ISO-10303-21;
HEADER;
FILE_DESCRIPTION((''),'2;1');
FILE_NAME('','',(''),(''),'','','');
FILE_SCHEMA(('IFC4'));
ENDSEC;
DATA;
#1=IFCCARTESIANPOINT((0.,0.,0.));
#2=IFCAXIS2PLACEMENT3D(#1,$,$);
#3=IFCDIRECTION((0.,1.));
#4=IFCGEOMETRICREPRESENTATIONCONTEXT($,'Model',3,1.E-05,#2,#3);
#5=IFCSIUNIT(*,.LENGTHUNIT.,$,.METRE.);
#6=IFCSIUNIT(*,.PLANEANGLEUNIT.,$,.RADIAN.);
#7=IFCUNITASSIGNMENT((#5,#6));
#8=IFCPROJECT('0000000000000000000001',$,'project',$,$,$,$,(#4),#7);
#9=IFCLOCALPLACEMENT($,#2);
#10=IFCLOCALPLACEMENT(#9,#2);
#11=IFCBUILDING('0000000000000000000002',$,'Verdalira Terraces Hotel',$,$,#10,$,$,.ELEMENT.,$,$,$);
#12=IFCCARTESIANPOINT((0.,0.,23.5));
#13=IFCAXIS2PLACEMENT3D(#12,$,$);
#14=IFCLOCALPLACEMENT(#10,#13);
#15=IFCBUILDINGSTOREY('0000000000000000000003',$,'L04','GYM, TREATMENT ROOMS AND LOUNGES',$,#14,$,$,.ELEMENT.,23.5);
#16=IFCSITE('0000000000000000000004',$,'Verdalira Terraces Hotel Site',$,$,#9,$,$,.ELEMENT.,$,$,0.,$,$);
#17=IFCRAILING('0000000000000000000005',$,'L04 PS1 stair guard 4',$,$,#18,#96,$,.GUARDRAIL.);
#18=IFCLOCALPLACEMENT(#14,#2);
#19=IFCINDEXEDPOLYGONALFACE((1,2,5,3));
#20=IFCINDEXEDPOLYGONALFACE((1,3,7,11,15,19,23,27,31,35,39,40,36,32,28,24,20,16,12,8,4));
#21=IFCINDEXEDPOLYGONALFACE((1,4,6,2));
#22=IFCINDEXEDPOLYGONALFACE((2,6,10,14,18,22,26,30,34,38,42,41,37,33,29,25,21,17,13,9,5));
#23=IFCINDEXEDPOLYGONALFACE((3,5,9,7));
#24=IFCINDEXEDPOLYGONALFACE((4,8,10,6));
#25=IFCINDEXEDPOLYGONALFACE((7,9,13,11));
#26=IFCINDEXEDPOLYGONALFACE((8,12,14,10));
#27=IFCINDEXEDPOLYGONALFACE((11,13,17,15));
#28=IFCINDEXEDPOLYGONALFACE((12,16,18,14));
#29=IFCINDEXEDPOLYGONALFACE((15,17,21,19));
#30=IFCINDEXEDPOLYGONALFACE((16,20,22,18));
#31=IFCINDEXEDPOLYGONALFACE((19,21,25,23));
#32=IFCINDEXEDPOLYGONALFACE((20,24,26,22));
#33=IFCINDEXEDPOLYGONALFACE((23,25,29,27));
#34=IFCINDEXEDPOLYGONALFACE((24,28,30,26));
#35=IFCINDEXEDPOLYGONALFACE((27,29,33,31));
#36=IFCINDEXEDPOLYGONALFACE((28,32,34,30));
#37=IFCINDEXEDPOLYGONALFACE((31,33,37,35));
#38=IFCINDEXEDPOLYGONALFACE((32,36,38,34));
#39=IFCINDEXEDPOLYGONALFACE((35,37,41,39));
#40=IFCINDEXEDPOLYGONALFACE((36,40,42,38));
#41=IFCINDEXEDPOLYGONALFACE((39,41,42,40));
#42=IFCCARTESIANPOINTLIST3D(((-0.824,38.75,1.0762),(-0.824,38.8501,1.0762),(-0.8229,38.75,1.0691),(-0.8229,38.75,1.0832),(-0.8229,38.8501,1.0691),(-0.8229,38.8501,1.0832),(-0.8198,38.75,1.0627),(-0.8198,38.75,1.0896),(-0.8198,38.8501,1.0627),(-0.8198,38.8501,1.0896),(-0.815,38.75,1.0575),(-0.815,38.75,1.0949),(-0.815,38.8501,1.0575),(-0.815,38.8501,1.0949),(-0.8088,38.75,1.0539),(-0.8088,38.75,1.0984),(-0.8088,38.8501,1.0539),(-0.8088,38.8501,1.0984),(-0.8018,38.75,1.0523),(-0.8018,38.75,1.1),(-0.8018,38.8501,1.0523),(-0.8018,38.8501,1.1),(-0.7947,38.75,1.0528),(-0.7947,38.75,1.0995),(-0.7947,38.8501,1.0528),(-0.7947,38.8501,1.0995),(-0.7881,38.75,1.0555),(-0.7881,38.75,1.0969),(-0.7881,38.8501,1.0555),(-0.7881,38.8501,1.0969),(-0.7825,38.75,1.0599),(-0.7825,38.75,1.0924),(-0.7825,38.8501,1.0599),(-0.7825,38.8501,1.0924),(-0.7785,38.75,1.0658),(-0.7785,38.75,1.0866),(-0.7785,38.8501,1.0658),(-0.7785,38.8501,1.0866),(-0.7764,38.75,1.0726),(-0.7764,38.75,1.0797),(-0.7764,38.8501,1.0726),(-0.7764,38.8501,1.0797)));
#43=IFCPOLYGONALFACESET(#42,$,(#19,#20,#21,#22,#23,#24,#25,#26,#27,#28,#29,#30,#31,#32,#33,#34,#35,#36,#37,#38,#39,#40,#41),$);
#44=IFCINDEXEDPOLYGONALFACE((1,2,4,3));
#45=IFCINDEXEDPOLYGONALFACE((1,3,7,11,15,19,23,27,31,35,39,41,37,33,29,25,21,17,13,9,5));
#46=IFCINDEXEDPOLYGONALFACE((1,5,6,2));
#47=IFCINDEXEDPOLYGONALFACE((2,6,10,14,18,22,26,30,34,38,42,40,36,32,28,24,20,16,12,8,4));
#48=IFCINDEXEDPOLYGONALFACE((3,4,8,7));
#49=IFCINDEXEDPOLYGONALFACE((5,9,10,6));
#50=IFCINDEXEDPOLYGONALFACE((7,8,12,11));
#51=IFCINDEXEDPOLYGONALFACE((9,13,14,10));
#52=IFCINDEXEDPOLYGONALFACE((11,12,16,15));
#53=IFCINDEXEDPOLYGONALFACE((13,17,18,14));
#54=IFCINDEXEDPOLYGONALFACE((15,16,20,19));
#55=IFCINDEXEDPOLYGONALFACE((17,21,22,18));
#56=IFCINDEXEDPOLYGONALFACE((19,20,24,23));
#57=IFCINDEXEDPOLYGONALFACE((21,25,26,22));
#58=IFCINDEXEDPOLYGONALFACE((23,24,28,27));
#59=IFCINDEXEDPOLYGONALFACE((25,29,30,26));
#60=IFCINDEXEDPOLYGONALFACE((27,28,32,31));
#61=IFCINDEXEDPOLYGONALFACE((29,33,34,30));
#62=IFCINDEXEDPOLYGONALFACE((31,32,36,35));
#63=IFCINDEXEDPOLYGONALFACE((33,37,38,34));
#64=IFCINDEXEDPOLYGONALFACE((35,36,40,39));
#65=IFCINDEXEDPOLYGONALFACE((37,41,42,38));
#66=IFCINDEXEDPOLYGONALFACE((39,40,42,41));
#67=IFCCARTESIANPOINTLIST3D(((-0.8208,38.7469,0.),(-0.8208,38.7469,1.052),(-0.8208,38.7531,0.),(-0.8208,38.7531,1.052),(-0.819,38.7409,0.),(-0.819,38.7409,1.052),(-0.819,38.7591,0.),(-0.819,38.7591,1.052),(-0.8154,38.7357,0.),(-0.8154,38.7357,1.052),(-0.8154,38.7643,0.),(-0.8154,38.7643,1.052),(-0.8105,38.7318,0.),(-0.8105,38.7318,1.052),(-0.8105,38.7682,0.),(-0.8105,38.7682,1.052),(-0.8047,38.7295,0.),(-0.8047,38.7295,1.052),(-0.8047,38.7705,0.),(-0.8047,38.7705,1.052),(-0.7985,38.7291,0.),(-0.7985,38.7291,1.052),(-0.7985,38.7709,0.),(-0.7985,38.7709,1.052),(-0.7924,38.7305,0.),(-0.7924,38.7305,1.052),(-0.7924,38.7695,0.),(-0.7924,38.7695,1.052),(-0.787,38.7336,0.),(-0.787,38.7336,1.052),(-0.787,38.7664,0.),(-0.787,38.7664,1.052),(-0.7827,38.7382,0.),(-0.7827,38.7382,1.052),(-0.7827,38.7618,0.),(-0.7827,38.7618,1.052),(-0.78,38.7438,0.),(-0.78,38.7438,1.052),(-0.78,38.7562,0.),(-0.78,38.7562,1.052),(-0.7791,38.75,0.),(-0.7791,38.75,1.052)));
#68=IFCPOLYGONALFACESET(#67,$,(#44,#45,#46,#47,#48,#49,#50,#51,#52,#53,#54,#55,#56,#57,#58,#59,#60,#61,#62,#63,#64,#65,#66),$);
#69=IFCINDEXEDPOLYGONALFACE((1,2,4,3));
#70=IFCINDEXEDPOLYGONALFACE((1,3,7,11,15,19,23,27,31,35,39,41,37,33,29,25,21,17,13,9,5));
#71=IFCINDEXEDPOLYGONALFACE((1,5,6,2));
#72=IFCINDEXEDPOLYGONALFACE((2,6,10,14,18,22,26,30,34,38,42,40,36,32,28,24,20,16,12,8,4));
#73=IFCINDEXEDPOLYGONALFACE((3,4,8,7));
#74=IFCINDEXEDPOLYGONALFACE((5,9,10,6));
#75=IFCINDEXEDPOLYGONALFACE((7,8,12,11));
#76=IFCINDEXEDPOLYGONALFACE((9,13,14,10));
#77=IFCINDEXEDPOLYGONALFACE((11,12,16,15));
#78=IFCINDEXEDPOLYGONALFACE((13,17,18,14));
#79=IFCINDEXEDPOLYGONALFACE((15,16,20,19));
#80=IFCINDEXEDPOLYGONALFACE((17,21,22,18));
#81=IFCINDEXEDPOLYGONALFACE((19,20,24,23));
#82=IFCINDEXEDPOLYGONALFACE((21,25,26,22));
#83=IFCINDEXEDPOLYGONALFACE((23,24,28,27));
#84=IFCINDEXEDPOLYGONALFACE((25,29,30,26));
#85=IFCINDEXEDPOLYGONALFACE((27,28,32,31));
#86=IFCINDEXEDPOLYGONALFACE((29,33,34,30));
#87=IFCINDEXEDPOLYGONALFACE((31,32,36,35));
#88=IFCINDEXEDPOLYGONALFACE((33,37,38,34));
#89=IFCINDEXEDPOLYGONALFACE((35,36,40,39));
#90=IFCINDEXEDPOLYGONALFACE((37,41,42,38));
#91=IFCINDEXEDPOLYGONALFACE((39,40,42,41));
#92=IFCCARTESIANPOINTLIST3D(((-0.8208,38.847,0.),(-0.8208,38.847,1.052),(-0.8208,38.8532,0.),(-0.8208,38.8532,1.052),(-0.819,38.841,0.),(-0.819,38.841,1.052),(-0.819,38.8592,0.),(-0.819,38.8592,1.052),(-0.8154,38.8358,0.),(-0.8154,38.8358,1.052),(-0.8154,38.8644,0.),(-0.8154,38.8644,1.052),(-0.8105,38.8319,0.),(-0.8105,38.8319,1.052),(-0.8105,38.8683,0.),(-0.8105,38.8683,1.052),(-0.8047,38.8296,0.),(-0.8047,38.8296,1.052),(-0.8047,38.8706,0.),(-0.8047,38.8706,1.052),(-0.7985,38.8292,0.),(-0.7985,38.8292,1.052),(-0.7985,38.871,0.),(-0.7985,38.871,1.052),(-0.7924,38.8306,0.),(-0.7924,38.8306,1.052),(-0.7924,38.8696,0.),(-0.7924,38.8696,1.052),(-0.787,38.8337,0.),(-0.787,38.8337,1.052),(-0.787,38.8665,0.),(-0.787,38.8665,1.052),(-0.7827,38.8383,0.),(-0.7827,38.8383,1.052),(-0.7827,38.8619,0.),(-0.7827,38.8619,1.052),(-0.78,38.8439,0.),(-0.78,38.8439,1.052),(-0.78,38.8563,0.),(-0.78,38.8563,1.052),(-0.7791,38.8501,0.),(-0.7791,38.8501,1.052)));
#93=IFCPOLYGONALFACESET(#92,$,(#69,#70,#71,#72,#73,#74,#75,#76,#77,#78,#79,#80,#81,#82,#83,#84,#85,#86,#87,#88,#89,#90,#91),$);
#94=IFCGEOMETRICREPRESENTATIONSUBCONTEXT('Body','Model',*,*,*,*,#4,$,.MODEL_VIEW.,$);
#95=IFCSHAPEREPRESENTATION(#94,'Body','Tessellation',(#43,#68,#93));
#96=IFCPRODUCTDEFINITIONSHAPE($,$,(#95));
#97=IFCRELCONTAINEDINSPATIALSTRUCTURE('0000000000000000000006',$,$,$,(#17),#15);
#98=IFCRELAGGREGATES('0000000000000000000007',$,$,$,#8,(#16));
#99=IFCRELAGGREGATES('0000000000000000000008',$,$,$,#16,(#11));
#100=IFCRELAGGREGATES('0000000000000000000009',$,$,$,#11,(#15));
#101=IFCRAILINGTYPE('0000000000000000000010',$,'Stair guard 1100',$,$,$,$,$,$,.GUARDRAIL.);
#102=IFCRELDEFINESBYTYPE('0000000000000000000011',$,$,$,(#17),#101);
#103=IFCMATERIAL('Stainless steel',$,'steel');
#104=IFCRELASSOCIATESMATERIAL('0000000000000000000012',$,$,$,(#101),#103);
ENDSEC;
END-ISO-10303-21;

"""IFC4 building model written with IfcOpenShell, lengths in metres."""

from ifc_helpers import new_model, si_unit, direction, frame, origin, origin_2d, place, context, subcontext, project, spatial, circle, extrude, material, type_object, element, save


model = new_model("IFC4")

# Units and contexts
model_context = context("Model", 3, precision=1e-05, world=origin(), true_north=direction((0.0, 1.0)))
body_context = subcontext(model_context, "Body", "Model", "MODEL_VIEW")
ifc_project = project(units=[si_unit("LENGTHUNIT", "METRE"), si_unit("PLANEANGLEUNIT", "RADIAN")], contexts=[model_context])

# Site, building, storey
site_placement = place(None, origin())
site = spatial("IfcSite", under=ifc_project, at=site_placement, Name="Verdalira Terraces Hotel Site", CompositionType="ELEMENT", RefElevation=0.0)
building_placement = place(site_placement, origin())
building = spatial("IfcBuilding", under=site, at=building_placement, Name="Verdalira Terraces Hotel", CompositionType="ELEMENT")
storey_placement = place(building_placement, frame((0.0, 0.0, 23.5)))
storey = spatial("IfcBuildingStorey", under=building, at=storey_placement, Name="L04", Description="GYM, TREATMENT ROOMS AND LOUNGES", CompositionType="ELEMENT", Elevation=23.5)

# Railing
ifc_material_1 = material(Name="Stainless steel", Category="steel")
railing_type_1 = type_object("IfcRailingType", Name="Stair guard 1100", PredefinedType="GUARDRAIL", material=ifc_material_1)
railing_1_placement = place(storey_placement, frame((-0.8, 38.75, 0.0)))
element("IfcRailing", 1, at=railing_1_placement, inside=storey, type_object=railing_type_1, Name="L04 PS1 stair guard 4", PredefinedType="GUARDRAIL", context=body_context, shape_type="SweptSolid", body=[
    extrude(circle(Radius=0.0239, at=origin_2d()), frame((0.0, 0.0, 1.0762), z_axis=(0.0, 1.0, 0.0), x_axis=(-1.0, 0.0, 0.0)), (0.0, 0.0, 1.0), 0.1001),
    extrude(circle(Radius=0.021, at=origin_2d()), origin(), (0.0, 0.0, 1.0), 1.052),
    extrude(circle(Radius=0.021, at=origin_2d()), frame((0.0, 0.1001, 0.0)), (0.0, 0.0, 1.0), 1.052),
])

save(model, "model.ifc")
